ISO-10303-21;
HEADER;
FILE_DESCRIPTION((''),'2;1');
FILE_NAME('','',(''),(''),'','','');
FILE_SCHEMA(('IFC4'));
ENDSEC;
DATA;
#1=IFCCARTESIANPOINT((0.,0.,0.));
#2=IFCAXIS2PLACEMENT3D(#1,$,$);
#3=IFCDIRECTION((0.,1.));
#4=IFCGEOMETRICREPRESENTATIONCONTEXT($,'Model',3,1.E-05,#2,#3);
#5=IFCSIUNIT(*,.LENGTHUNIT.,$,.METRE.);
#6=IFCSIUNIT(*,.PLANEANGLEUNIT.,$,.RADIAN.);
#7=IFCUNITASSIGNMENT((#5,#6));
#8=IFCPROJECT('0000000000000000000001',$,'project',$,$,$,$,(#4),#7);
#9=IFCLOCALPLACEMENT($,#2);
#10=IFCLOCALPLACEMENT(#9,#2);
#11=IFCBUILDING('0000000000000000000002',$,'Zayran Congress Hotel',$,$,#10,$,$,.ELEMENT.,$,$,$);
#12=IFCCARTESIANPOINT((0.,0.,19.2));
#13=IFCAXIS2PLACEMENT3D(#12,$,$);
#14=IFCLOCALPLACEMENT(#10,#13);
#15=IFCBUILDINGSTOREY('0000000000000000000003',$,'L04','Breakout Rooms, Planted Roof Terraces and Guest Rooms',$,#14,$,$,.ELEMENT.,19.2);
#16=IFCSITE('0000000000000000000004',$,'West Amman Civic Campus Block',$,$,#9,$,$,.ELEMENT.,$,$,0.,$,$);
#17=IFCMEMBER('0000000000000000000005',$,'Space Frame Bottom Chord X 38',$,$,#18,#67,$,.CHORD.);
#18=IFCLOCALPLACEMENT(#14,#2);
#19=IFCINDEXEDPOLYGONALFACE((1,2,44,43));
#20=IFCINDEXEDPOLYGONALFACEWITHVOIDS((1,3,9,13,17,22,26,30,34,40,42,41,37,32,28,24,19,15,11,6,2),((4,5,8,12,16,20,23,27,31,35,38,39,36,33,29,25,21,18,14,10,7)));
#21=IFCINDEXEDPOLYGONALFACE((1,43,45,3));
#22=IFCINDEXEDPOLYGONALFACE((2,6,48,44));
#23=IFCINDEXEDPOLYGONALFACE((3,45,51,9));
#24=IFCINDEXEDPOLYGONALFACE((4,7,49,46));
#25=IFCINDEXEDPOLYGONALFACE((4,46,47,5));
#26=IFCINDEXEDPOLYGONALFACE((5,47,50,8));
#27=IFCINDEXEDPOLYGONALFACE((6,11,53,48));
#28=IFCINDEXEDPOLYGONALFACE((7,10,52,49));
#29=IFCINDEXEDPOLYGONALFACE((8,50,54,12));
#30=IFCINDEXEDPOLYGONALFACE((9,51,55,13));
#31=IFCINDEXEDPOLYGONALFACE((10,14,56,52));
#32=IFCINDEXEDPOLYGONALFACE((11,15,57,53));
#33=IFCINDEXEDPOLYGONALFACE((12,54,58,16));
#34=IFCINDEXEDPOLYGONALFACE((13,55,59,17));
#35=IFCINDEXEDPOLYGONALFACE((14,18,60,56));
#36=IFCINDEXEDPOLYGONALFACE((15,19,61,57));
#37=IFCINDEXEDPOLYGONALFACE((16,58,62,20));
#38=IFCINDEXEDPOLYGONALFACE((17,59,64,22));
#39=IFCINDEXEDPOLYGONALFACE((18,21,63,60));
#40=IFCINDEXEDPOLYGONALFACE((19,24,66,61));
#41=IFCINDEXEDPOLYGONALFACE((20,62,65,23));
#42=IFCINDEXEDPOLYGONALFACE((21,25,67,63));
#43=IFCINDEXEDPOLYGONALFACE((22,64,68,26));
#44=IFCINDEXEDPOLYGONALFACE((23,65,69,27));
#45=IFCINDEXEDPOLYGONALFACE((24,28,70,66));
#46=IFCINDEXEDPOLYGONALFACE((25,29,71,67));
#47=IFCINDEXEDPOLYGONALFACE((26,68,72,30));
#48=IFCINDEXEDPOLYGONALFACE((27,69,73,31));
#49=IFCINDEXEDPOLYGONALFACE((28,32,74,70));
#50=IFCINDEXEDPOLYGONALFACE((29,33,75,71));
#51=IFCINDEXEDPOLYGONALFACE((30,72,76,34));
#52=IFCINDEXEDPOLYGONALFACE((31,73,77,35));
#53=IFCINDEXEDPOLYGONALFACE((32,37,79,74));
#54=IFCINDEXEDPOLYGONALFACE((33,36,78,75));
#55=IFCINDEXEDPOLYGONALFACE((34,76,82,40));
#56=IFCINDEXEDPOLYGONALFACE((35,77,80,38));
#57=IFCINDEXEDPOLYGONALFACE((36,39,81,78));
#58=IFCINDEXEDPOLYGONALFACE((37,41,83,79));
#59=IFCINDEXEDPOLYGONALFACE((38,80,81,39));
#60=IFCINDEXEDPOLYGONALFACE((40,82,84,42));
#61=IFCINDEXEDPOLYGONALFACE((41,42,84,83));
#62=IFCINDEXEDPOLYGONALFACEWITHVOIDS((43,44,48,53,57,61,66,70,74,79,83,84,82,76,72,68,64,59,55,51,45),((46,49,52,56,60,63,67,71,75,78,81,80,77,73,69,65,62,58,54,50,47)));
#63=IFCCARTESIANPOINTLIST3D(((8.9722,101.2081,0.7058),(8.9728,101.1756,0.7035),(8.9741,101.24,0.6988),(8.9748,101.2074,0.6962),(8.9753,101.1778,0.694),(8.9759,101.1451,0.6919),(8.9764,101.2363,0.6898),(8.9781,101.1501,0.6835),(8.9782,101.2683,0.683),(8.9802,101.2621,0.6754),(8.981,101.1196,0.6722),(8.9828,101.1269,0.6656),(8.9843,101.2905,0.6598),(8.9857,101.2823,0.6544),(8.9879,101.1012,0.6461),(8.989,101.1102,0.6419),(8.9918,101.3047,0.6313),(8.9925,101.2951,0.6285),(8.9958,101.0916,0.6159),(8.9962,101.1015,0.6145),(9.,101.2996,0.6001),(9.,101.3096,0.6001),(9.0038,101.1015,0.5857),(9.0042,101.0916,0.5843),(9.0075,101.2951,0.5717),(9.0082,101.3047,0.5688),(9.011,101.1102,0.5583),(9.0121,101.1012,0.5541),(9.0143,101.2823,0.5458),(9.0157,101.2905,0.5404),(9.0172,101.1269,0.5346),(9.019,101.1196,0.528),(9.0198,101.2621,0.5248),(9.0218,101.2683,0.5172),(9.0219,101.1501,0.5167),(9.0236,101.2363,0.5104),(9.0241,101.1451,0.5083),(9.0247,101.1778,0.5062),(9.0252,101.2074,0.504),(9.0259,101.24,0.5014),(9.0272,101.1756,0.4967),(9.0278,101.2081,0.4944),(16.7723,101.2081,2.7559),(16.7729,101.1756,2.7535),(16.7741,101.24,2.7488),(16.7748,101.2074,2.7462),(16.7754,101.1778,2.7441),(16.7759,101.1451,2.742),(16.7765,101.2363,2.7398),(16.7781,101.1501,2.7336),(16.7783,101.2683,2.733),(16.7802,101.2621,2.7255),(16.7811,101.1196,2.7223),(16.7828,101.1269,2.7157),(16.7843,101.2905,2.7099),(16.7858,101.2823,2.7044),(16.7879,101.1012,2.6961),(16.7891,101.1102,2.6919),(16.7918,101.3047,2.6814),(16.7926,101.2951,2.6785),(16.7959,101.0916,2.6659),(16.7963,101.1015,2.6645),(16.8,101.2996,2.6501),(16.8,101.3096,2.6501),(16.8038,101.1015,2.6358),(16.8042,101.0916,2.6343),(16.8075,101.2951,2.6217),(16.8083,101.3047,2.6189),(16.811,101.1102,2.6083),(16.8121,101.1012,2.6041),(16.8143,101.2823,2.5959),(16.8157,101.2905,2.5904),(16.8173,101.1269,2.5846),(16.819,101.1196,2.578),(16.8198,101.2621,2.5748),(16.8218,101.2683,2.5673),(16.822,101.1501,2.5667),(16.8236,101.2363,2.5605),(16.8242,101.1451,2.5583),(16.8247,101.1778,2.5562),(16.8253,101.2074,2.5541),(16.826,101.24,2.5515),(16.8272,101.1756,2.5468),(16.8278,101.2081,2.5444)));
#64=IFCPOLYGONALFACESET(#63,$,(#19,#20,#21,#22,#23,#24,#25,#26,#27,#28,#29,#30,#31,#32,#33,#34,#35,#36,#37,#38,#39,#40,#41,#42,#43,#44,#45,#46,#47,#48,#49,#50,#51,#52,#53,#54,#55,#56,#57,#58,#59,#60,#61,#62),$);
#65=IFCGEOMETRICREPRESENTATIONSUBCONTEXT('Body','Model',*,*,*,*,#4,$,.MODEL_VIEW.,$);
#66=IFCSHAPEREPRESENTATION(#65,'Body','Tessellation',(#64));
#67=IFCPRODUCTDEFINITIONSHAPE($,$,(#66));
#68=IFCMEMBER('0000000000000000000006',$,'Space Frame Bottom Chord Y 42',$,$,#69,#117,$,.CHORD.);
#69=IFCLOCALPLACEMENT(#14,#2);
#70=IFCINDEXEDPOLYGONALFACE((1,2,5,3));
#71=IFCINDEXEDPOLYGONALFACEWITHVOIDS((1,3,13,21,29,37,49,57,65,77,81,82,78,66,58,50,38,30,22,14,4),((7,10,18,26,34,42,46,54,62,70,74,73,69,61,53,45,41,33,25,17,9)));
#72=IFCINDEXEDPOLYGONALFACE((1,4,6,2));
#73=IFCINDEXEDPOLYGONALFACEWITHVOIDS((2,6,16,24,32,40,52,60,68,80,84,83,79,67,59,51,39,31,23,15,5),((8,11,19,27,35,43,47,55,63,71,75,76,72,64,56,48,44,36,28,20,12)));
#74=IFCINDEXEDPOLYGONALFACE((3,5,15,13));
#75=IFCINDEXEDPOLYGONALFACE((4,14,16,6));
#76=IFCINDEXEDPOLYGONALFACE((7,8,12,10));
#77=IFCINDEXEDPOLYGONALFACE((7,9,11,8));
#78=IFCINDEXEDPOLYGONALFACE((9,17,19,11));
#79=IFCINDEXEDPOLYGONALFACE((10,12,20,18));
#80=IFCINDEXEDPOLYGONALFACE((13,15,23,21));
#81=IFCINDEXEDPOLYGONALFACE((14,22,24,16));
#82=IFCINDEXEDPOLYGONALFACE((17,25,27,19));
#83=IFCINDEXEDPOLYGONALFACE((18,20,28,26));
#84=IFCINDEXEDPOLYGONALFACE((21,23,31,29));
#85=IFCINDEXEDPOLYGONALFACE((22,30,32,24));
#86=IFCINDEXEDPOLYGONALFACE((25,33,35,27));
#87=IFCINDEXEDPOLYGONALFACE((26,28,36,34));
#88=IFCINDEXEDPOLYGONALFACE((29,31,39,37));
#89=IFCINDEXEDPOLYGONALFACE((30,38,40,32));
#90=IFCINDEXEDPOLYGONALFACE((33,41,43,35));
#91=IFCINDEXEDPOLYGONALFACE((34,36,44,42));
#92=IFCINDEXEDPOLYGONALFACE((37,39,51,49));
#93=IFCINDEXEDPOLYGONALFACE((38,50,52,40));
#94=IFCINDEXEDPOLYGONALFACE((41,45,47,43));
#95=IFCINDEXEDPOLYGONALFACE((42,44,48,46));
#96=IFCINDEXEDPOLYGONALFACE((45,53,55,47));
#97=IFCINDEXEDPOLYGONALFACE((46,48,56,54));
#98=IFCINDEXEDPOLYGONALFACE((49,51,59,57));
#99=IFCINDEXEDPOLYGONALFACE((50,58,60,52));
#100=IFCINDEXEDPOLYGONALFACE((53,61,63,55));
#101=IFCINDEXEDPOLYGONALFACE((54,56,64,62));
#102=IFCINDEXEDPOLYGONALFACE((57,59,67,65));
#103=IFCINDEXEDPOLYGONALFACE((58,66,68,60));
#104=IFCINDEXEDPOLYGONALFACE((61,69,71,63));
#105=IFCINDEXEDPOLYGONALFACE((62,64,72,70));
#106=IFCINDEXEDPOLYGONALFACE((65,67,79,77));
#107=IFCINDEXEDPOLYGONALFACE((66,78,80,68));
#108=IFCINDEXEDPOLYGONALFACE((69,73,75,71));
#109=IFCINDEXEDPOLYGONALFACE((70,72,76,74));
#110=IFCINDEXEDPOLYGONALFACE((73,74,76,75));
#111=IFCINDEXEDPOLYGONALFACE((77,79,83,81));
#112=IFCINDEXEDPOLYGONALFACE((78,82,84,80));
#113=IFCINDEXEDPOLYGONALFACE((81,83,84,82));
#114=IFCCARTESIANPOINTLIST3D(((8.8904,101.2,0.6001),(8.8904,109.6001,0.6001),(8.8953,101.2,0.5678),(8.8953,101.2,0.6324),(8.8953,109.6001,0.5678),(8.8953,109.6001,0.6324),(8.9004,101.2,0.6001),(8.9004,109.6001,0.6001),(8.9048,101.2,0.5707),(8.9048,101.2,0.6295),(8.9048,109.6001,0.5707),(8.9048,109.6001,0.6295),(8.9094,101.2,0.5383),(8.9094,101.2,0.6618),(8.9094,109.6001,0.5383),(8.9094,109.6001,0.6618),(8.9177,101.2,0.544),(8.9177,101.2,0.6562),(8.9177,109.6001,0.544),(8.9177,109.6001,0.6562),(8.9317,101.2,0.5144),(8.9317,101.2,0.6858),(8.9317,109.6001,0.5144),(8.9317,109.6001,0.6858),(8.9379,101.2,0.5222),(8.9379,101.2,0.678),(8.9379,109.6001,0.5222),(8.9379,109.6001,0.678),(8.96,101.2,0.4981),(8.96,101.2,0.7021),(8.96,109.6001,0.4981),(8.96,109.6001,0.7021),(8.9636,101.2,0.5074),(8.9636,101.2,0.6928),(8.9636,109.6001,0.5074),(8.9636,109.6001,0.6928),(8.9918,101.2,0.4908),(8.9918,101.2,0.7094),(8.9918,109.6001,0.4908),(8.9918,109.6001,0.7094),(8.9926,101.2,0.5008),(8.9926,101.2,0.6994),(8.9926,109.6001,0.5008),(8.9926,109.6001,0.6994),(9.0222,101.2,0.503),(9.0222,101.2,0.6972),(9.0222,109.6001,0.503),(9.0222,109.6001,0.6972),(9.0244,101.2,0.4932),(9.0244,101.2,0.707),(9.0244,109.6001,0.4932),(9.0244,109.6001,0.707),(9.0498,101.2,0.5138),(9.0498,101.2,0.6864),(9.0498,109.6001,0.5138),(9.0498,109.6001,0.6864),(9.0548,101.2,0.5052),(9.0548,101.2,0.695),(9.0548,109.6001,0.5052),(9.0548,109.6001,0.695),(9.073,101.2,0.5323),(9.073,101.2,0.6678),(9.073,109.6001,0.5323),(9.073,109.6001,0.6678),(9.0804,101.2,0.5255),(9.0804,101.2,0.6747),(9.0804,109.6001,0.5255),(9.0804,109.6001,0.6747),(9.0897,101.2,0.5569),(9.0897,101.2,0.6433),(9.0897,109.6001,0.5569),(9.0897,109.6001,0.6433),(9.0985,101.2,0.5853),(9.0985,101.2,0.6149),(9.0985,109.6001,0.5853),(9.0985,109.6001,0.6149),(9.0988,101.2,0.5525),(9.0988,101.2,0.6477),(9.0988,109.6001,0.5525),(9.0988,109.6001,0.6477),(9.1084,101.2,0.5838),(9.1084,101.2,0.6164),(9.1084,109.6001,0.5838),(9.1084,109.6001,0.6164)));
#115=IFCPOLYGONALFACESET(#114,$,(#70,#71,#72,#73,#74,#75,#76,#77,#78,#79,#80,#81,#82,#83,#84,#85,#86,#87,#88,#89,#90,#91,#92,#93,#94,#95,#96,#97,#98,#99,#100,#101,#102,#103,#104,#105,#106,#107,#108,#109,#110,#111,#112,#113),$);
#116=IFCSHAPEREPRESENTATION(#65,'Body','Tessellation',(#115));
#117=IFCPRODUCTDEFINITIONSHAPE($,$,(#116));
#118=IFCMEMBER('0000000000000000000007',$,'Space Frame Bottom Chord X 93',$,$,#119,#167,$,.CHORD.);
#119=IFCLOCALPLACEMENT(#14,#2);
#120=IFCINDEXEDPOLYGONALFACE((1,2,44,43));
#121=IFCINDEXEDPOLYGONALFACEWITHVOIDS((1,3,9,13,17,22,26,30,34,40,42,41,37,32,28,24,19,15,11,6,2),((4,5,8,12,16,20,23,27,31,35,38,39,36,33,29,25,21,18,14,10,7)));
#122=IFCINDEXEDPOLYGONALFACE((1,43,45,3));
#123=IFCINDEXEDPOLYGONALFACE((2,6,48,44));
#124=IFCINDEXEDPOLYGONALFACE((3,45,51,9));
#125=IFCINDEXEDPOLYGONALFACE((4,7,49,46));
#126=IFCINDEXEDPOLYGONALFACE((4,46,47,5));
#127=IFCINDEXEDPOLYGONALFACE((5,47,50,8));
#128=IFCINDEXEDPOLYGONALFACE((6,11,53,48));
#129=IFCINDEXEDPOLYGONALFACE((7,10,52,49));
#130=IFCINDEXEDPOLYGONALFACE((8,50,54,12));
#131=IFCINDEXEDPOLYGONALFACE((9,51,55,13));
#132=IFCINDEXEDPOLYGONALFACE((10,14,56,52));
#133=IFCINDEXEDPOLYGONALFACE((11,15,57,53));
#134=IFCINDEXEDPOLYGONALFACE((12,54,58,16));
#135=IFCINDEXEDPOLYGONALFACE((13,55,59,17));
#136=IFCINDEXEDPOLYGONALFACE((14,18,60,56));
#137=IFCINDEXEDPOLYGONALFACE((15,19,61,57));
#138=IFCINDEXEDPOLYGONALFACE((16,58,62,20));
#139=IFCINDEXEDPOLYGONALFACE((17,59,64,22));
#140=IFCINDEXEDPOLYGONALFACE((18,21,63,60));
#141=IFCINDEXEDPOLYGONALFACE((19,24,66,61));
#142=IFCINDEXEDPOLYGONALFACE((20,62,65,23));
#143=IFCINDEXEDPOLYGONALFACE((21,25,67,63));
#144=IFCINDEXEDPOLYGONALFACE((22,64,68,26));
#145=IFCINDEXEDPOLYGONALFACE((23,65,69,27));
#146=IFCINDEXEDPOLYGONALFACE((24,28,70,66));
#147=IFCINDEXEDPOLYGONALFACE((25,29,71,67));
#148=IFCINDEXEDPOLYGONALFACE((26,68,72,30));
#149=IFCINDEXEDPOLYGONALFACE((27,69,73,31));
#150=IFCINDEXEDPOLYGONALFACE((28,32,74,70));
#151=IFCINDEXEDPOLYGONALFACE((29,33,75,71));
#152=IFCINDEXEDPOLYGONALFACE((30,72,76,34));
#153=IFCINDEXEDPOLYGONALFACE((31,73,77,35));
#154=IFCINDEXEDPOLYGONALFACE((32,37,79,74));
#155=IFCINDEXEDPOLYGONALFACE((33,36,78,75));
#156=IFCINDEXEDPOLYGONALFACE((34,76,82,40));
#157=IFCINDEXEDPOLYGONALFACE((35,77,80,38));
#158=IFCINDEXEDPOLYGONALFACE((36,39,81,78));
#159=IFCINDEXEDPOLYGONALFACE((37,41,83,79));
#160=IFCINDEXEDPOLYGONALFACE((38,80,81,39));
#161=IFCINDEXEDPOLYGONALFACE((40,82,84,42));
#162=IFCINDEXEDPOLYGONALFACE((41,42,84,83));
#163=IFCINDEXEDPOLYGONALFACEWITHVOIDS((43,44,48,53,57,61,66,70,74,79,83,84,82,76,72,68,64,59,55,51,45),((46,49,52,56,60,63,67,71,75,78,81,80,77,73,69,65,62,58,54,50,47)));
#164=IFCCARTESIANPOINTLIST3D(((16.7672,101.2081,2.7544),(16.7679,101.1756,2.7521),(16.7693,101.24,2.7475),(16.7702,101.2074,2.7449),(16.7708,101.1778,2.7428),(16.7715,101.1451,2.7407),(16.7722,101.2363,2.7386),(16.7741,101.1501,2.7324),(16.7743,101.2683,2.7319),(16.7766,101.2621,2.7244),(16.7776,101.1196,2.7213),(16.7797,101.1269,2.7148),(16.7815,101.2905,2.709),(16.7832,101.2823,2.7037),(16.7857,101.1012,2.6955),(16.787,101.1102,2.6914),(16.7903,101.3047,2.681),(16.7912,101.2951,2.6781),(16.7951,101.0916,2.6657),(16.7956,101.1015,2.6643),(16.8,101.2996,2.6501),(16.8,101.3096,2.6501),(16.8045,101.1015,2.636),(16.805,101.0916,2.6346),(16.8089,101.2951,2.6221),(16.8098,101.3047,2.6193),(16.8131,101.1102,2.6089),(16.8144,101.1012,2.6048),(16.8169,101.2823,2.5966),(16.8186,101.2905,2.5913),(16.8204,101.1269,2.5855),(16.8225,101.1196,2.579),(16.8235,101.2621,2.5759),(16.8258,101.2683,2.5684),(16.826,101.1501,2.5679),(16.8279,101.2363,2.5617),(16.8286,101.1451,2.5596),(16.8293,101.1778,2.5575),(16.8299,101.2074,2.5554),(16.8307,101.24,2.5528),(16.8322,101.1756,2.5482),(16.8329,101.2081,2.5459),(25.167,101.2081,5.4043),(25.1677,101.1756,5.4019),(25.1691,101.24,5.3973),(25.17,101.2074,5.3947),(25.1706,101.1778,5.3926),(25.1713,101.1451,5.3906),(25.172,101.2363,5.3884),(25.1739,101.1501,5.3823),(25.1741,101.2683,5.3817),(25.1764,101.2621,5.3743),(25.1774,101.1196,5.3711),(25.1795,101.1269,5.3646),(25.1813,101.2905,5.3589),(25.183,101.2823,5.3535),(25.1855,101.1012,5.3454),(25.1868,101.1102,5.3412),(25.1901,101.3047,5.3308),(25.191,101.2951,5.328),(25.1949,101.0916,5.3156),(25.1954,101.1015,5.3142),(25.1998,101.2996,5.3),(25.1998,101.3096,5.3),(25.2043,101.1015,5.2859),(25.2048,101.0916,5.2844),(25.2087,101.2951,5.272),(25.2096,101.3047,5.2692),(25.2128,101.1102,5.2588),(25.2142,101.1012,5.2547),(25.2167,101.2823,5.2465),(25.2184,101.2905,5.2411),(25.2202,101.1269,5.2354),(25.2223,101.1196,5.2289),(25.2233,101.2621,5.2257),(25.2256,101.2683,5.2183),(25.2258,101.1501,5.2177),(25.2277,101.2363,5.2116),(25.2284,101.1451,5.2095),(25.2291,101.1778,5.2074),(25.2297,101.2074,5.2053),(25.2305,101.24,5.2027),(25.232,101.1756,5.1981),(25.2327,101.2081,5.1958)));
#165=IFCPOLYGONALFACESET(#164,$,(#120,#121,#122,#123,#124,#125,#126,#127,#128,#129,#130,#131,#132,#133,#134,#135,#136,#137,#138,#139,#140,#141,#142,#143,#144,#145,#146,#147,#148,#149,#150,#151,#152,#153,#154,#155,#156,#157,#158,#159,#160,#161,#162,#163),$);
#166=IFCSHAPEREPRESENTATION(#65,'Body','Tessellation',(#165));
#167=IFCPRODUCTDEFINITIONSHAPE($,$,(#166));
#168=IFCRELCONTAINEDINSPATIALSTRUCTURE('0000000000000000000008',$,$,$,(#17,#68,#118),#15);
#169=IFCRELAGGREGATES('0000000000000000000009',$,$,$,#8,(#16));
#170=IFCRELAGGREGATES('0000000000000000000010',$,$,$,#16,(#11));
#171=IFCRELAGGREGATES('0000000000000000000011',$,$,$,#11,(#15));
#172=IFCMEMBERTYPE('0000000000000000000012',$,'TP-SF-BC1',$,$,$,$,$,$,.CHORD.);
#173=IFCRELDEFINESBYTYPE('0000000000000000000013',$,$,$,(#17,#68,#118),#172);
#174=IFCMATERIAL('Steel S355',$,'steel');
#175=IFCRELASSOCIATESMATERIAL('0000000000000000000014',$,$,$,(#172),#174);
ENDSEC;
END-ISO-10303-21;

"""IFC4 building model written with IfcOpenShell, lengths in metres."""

from ifc_helpers import new_model, si_unit, direction, frame, origin, origin_2d, place, context, subcontext, project, spatial, hollow_circle, extrude, material, material_profile, profile_set, type_object, element, save


model = new_model("IFC4")

# Units and contexts
model_context = context("Model", 3, precision=1e-05, world=origin(), true_north=direction((0.0, 1.0)))
body_context = subcontext(model_context, "Body", "Model", "MODEL_VIEW")
ifc_project = project(units=[si_unit("LENGTHUNIT", "METRE"), si_unit("PLANEANGLEUNIT", "RADIAN")], contexts=[model_context])

# Site, building, storey
site_placement = place(None, origin())
site = spatial("IfcSite", under=ifc_project, at=site_placement, Name="West Amman Civic Campus Block", CompositionType="ELEMENT", RefElevation=0.0)
building_placement = place(site_placement, origin())
building = spatial("IfcBuilding", under=site, at=building_placement, Name="Zayran Congress Hotel", CompositionType="ELEMENT")
storey_placement = place(building_placement, frame((0.0, 0.0, 19.2)))
storey = spatial("IfcBuildingStorey", under=building, at=storey_placement, Name="L04", Description="Breakout Rooms, Planted Roof Terraces and Guest Rooms", CompositionType="ELEMENT", Elevation=19.2)

# Members
ifc_material_1 = material(Name="Steel S355", Category="steel")
ifc_material_profile_1 = material_profile(ifc_material_1, hollow_circle(Radius=0.1096, WallThickness=0.01, at=origin_2d()), Name="CHS 219.1x10")
ifc_profile_set_1 = profile_set([ifc_material_profile_1], Name="Steel S355")
member_type_1 = type_object("IfcMemberType", Name="TP-SF-BC1", PredefinedType="CHORD", material=ifc_profile_set_1)
member_1_placement = place(storey_placement, frame((9.0, 101.2, 0.6001), z_axis=(0.967154, 0.0, 0.254192), x_axis=(0.0, 1.0, 0.0)))
element("IfcMember", 1, at=member_1_placement, inside=storey, type_object=member_type_1, Name="Space Frame Bottom Chord X 38", PredefinedType="CHORD", context=body_context, shape_type="SweptSolid", body=[
    extrude(hollow_circle(Radius=0.1096, WallThickness=0.01, at=origin_2d()), origin(), (0.0, 0.0, 1.0), 8.0649),
])
member_2_placement = place(storey_placement, frame((9.0, 101.2, 0.6001), z_axis=(0.0, 1.0, 0.0), x_axis=(-1.0, 0.0, 0.0)))
element("IfcMember", 2, at=member_2_placement, inside=storey, type_object=member_type_1, Name="Space Frame Bottom Chord Y 42", PredefinedType="CHORD", context=body_context, shape_type="SweptSolid", body=[
    extrude(hollow_circle(Radius=0.1096, WallThickness=0.01, at=origin_2d()), origin(), (0.0, 0.0, 1.0), 8.4001),
])
member_3_placement = place(storey_placement, frame((16.8, 101.2, 2.6501), z_axis=(0.953671, 0.0, 0.300853), x_axis=(0.0, 1.0, 0.0)))
element("IfcMember", 3, at=member_3_placement, inside=storey, type_object=member_type_1, Name="Space Frame Bottom Chord X 93", PredefinedType="CHORD", context=body_context, shape_type="SweptSolid", body=[
    extrude(hollow_circle(Radius=0.1096, WallThickness=0.01, at=origin_2d()), origin(), (0.0, 0.0, 1.0), 8.8079),
])

save(model, "model.ifc")
